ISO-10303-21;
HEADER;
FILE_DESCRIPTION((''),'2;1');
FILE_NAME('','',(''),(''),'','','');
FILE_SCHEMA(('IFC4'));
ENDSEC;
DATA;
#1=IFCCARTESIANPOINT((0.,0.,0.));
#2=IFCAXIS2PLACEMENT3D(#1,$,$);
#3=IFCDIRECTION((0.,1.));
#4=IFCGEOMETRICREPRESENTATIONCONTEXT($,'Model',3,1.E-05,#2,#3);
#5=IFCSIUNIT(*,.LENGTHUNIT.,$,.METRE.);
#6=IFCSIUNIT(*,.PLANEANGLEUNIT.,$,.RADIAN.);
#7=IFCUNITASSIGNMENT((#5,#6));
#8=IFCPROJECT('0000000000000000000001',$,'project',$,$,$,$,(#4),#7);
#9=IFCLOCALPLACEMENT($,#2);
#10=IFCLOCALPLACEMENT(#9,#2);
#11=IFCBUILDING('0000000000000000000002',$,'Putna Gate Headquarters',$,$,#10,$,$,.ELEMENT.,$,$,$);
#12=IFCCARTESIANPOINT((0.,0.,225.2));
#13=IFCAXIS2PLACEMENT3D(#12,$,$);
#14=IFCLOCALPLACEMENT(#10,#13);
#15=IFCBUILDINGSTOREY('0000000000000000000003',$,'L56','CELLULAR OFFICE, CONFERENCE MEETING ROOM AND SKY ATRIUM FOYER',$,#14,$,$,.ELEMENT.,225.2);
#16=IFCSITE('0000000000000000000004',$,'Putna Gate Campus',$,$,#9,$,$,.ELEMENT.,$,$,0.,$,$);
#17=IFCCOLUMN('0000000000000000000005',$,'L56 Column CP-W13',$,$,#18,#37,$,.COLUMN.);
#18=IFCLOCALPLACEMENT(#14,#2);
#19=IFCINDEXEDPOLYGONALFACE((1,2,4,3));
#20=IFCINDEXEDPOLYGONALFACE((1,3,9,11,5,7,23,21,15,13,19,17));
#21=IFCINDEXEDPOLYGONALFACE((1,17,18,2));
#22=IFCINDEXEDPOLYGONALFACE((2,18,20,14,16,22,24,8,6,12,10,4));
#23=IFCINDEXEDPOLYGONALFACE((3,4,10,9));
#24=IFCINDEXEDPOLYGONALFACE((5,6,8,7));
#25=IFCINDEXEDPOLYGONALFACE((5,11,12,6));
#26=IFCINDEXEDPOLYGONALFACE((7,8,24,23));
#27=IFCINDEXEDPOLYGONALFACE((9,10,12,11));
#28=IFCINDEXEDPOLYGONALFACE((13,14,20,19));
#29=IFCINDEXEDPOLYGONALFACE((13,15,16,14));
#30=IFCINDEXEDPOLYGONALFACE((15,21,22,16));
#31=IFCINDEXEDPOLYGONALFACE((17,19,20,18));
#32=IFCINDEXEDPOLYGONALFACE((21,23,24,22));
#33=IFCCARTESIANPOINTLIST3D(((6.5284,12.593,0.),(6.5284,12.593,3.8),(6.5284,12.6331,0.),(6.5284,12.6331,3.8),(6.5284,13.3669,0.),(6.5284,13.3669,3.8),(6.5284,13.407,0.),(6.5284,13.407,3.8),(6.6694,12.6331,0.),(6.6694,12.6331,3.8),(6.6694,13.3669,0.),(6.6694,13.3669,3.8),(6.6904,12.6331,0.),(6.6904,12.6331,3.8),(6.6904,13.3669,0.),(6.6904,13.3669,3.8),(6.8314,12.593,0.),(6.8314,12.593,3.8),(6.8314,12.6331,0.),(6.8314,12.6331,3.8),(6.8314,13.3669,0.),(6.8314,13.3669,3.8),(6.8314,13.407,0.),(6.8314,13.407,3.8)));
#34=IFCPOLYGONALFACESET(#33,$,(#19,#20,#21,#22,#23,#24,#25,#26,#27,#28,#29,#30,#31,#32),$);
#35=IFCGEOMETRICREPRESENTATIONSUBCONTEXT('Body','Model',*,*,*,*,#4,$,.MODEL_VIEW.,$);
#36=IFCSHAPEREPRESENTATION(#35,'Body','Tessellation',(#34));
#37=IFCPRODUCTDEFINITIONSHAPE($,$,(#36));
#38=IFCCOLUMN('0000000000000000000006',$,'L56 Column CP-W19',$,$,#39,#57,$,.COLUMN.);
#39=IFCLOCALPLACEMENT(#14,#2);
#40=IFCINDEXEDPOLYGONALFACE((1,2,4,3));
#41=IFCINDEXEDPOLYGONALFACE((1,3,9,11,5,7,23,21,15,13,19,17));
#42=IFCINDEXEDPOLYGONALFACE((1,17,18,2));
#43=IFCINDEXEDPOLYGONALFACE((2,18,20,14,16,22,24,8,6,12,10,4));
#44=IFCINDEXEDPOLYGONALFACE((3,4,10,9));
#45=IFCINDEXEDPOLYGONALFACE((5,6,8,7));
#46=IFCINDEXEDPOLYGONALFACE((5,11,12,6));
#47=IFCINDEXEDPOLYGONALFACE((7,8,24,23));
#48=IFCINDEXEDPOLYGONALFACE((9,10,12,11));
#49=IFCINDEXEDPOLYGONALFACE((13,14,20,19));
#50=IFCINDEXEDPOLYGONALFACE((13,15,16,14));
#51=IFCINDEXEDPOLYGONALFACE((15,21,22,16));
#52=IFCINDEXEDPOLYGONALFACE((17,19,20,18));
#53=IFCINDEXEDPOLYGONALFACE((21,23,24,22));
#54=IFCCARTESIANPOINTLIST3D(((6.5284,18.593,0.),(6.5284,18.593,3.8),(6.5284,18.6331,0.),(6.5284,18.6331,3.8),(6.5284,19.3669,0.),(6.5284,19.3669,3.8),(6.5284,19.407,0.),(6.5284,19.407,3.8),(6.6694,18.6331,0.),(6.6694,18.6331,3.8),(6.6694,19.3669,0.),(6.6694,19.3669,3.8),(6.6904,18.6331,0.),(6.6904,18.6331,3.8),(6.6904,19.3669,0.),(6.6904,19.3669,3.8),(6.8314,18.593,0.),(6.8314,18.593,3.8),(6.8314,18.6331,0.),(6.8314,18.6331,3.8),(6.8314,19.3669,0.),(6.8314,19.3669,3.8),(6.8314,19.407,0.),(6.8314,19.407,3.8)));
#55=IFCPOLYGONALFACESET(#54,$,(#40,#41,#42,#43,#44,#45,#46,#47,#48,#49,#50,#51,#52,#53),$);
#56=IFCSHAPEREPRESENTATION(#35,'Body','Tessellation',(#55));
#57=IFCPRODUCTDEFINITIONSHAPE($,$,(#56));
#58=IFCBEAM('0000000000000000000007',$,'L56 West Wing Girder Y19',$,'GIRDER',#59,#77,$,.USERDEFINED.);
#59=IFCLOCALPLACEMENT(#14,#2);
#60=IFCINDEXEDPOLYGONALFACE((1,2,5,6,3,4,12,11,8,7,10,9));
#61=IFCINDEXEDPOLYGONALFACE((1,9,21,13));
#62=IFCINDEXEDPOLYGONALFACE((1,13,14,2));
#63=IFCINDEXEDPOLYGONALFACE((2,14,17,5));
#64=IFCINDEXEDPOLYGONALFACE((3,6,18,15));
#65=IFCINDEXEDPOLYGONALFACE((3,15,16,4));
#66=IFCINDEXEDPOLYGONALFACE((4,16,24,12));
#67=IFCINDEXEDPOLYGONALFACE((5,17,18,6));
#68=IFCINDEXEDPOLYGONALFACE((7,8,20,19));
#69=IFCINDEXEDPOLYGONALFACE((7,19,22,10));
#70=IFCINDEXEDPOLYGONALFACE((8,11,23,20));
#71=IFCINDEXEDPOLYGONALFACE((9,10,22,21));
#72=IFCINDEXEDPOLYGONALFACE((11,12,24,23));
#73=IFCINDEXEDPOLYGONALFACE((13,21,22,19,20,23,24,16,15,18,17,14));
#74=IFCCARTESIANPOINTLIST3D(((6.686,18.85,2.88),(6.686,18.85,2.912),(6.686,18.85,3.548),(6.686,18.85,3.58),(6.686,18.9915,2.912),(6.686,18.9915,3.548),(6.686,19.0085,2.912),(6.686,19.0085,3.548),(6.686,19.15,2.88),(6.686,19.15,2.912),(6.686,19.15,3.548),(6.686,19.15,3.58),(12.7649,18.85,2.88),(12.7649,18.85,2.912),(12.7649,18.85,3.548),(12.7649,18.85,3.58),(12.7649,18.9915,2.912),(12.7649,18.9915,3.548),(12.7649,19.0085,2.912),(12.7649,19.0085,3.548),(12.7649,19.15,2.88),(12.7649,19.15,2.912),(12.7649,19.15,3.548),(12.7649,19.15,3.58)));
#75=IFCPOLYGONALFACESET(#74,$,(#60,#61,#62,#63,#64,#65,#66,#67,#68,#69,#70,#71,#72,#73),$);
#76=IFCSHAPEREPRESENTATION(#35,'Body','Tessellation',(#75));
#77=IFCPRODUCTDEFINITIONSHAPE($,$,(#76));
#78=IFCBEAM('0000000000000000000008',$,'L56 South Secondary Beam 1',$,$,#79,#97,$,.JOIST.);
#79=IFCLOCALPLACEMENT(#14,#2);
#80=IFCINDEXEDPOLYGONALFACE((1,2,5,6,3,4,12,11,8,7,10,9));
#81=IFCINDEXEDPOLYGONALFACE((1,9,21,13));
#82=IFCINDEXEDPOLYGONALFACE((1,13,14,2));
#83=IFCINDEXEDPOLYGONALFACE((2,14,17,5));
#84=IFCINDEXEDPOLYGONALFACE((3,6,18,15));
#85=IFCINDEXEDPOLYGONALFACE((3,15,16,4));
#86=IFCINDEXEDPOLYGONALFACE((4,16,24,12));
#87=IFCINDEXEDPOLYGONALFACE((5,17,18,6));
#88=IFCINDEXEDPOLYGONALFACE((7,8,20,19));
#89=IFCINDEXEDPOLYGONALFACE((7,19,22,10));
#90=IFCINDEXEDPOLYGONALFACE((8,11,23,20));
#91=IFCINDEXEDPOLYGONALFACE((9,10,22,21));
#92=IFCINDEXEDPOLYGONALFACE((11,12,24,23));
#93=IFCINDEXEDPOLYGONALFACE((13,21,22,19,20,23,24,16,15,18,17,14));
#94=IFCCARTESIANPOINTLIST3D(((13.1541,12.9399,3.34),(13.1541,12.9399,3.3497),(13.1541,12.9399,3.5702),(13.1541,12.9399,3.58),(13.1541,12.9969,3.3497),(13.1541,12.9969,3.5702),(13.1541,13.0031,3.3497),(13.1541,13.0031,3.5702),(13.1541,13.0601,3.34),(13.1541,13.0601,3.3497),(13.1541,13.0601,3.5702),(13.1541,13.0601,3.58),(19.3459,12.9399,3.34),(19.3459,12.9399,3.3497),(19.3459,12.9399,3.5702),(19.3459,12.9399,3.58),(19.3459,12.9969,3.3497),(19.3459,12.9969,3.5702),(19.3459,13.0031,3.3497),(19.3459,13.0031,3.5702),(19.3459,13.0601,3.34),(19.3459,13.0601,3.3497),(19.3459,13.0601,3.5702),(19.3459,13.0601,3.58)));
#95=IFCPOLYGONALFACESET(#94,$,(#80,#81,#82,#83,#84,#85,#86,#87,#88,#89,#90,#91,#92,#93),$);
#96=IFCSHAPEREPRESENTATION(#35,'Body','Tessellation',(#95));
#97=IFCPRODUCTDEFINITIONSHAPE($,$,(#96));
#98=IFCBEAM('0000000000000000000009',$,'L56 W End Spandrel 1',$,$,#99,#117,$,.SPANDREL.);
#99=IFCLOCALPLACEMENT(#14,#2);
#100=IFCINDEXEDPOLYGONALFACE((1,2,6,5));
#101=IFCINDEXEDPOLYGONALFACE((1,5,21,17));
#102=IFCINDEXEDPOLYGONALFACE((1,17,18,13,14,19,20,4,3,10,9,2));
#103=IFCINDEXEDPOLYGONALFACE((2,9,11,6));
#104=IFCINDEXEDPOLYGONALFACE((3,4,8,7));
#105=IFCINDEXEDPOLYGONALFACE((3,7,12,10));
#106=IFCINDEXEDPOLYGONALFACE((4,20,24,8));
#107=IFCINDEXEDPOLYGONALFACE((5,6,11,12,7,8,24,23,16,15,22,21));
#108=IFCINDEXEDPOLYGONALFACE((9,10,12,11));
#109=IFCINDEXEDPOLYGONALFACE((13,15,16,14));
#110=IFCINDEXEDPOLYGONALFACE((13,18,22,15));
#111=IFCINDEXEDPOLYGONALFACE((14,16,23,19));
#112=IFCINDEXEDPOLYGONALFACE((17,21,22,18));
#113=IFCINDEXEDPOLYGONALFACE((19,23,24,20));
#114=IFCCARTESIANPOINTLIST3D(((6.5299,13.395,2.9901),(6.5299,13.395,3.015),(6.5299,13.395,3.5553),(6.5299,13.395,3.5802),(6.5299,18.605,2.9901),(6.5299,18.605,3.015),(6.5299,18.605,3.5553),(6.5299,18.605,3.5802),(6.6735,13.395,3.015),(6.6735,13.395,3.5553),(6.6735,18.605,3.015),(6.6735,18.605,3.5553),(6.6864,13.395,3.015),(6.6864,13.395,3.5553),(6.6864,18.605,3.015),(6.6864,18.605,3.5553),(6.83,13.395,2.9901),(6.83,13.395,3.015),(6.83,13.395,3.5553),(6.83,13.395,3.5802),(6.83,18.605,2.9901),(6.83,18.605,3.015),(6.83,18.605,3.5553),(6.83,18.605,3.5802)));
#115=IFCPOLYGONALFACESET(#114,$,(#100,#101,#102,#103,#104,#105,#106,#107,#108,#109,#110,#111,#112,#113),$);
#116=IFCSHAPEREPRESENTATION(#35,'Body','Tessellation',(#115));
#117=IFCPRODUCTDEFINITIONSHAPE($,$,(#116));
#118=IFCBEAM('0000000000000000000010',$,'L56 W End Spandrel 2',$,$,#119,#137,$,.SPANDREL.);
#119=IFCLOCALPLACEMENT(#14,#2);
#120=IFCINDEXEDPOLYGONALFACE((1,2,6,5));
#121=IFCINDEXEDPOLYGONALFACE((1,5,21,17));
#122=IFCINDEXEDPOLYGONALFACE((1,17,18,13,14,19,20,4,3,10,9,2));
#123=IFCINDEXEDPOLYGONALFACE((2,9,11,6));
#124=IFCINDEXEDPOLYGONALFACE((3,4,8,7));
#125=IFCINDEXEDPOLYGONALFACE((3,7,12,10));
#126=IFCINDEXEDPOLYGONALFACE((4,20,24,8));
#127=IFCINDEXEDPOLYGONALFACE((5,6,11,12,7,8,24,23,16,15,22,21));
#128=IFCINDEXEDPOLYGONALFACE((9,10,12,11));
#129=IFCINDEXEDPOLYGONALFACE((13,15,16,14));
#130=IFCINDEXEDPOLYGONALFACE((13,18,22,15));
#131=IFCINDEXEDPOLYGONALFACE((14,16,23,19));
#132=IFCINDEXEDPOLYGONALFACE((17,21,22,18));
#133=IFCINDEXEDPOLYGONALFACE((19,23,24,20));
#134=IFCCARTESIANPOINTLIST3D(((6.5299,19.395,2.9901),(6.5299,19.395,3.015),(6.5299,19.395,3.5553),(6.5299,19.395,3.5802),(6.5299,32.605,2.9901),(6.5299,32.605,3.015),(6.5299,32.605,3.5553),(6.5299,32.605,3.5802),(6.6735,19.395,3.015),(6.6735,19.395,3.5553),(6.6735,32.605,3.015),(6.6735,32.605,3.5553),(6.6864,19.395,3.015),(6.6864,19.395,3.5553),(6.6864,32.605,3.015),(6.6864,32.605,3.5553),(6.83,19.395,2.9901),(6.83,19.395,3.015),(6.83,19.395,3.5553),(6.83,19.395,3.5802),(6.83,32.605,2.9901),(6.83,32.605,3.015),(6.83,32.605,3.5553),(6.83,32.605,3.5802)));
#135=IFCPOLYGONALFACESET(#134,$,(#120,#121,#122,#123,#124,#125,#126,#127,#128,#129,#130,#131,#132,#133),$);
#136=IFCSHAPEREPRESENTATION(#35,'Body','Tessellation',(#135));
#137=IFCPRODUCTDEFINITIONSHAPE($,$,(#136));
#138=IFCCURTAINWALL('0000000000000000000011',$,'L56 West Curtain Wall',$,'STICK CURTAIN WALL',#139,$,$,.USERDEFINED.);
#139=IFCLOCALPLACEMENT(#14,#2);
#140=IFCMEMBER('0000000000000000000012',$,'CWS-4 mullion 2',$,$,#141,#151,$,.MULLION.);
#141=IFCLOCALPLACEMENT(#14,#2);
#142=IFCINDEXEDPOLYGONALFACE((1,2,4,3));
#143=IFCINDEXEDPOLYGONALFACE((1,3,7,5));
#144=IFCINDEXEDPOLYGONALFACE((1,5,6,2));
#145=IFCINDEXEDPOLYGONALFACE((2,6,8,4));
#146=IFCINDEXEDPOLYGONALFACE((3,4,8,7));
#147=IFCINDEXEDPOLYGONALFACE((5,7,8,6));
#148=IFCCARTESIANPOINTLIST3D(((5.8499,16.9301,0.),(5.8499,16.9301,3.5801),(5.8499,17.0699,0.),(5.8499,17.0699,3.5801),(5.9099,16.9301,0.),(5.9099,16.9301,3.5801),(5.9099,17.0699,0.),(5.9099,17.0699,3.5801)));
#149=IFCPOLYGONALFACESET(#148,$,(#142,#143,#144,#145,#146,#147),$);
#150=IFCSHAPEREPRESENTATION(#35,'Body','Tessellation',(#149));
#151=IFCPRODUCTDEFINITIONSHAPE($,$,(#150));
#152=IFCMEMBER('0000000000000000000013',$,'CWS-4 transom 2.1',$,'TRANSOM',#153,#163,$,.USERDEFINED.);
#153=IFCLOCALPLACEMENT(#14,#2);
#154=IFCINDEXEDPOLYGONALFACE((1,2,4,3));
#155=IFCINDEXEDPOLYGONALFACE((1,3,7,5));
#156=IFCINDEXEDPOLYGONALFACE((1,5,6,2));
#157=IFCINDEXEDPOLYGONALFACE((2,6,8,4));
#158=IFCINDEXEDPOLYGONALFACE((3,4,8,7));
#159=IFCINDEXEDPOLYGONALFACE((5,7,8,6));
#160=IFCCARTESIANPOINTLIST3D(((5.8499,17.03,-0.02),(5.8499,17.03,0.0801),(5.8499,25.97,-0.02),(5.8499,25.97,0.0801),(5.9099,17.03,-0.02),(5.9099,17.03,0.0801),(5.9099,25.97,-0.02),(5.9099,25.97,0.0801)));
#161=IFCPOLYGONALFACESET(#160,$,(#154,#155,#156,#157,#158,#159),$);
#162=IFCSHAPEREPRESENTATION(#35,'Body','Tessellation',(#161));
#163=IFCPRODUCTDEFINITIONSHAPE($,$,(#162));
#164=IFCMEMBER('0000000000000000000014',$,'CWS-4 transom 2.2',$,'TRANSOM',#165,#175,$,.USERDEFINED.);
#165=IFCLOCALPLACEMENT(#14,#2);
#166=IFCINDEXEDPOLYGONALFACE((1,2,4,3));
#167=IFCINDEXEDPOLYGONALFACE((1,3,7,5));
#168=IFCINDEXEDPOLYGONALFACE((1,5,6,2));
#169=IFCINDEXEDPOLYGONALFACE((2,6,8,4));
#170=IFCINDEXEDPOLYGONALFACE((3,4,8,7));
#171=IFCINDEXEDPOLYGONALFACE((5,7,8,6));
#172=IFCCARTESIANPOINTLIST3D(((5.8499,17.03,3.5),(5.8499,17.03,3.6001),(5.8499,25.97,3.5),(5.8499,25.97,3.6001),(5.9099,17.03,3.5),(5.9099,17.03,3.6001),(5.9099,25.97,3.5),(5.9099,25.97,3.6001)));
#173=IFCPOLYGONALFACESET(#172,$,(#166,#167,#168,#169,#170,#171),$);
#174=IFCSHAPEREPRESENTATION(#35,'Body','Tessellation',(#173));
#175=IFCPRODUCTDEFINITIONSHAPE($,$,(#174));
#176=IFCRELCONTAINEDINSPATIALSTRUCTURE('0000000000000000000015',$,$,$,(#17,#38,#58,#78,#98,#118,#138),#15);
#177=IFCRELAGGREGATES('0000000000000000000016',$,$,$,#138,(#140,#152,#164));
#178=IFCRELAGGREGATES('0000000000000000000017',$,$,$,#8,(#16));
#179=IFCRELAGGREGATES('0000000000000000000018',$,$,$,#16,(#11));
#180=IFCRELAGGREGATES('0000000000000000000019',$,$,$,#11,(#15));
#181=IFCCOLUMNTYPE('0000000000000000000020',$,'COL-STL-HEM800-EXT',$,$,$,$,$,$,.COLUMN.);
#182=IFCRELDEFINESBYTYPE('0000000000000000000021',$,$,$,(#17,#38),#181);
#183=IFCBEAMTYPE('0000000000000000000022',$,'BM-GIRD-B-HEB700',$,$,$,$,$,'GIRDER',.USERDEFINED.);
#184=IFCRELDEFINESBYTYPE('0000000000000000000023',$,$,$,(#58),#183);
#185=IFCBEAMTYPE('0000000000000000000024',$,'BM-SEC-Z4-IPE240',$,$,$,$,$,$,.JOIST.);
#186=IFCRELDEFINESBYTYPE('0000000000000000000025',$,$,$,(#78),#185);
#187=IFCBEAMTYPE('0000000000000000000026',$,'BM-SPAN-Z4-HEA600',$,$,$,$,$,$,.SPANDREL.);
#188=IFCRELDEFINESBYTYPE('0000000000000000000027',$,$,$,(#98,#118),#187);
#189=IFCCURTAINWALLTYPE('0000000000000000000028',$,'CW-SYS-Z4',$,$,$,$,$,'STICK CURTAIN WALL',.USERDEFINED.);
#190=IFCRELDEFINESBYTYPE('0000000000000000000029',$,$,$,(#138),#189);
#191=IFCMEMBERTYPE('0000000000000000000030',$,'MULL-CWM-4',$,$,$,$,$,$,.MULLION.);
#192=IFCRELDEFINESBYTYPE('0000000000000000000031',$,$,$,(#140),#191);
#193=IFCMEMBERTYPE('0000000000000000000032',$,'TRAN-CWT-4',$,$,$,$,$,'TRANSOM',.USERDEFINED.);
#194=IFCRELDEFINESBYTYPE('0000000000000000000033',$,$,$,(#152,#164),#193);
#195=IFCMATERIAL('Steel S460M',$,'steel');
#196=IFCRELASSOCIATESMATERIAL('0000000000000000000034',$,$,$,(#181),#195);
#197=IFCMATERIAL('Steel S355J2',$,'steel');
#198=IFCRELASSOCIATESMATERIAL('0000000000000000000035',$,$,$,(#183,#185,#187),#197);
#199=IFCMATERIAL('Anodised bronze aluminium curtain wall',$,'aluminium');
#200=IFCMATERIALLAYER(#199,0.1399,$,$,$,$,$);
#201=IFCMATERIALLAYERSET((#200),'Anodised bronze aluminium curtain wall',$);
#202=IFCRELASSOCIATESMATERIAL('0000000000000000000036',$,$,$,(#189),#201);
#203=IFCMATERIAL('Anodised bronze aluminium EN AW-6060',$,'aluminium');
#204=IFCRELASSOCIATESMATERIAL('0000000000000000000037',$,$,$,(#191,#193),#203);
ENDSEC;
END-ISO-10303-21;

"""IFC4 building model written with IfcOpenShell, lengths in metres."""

from ifc_helpers import new_model, si_unit, direction, frame, origin, origin_2d, place, context, subcontext, project, spatial, rectangle, i_section, extrude, material, layer, layer_set, material_profile, profile_set, type_object, element, aggregate, save


model = new_model("IFC4")

# Units and contexts
model_context = context("Model", 3, precision=1e-05, world=origin(), true_north=direction((0.0, 1.0)))
body_context = subcontext(model_context, "Body", "Model", "MODEL_VIEW")
ifc_project = project(units=[si_unit("LENGTHUNIT", "METRE"), si_unit("PLANEANGLEUNIT", "RADIAN")], contexts=[model_context])

# Site, building, storey
site_placement = place(None, origin())
site = spatial("IfcSite", under=ifc_project, at=site_placement, Name="Putna Gate Campus", CompositionType="ELEMENT", RefElevation=0.0)
building_placement = place(site_placement, origin())
building = spatial("IfcBuilding", under=site, at=building_placement, Name="Putna Gate Headquarters", CompositionType="ELEMENT")
storey_placement = place(building_placement, frame((0.0, 0.0, 225.2)))
storey = spatial("IfcBuildingStorey", under=building, at=storey_placement, Name="L56", Description="CELLULAR OFFICE, CONFERENCE MEETING ROOM AND SKY ATRIUM FOYER", CompositionType="ELEMENT", Elevation=225.2)

# Columns
ifc_material_1 = material(Name="Steel S460M", Category="steel")
ifc_material_profile_1 = material_profile(ifc_material_1, i_section(OverallWidth=0.303, OverallDepth=0.814, WebThickness=0.021, FlangeThickness=0.04, at=origin_2d()), Name="Steel S460M")
ifc_profile_set_1 = profile_set([ifc_material_profile_1], Name="Steel S460M")
column_type = type_object("IfcColumnType", Name="COL-STL-HEM800-EXT", PredefinedType="COLUMN", material=ifc_profile_set_1)
for number, where, z_axis, x_axis, name in (
    (1, (6.6799, 13.0, 0.0), (0.0, 0.0, 1.0), (1.0, 0.0, 0.0), "L56 Column CP-W13"),
    (2, (6.6799, 19.0, 0.0), (0.0, 0.0, 1.0), (1.0, 0.0, 0.0), "L56 Column CP-W19"),
):
    element("IfcColumn", number, at=place(storey_placement, frame(where, z_axis=z_axis, x_axis=x_axis)), inside=storey, type_object=column_type, Name=name, PredefinedType="COLUMN", context=body_context, shape_type="SweptSolid", body=[
        extrude(i_section(OverallWidth=0.303, OverallDepth=0.814, WebThickness=0.021, FlangeThickness=0.04, at=origin_2d()), origin(), (0.0, 0.0, 1.0), 3.8),
    ])

# Beams
ifc_material_2 = material(Name="Steel S355J2", Category="steel")
ifc_material_profile_2 = material_profile(ifc_material_2, i_section(OverallWidth=0.3, OverallDepth=0.7, WebThickness=0.0171, FlangeThickness=0.032, at=origin_2d()), Name="Steel S355J2")
ifc_profile_set_2 = profile_set([ifc_material_profile_2], Name="Steel S355J2")
beam_type_1 = type_object("IfcBeamType", Name="BM-GIRD-B-HEB700", ElementType="GIRDER", PredefinedType="USERDEFINED", material=ifc_profile_set_2)
beam_1_placement = place(storey_placement, frame((6.686, 19.0, 3.23), z_axis=(1.0, 0.0, 0.0), x_axis=(0.0, 1.0, 0.0)))
element("IfcBeam", 3, at=beam_1_placement, inside=storey, type_object=beam_type_1, Name="L56 West Wing Girder Y19", ObjectType="GIRDER", PredefinedType="USERDEFINED", context=body_context, shape_type="SweptSolid", body=[
    extrude(i_section(OverallWidth=0.3, OverallDepth=0.7, WebThickness=0.0171, FlangeThickness=0.032, at=origin_2d()), origin(), (0.0, 0.0, 1.0), 6.0789),
])
ifc_material_profile_3 = material_profile(ifc_material_2, i_section(OverallWidth=0.1201, OverallDepth=0.24, WebThickness=0.0061, FlangeThickness=0.0098, at=origin_2d()), Name="Steel S355J2")
ifc_profile_set_3 = profile_set([ifc_material_profile_3], Name="Steel S355J2")
beam_type_2 = type_object("IfcBeamType", Name="BM-SEC-Z4-IPE240", PredefinedType="JOIST", material=ifc_profile_set_3)
beam_2_placement = place(storey_placement, frame((13.1541, 13.0, 3.46), z_axis=(1.0, 0.0, 0.0), x_axis=(0.0, 1.0, 0.0)))
element("IfcBeam", 4, at=beam_2_placement, inside=storey, type_object=beam_type_2, Name="L56 South Secondary Beam 1", PredefinedType="JOIST", context=body_context, shape_type="SweptSolid", body=[
    extrude(i_section(OverallWidth=0.1201, OverallDepth=0.24, WebThickness=0.0061, FlangeThickness=0.0098, at=origin_2d()), origin(), (0.0, 0.0, 1.0), 6.1919),
])
ifc_material_profile_4 = material_profile(ifc_material_2, i_section(OverallWidth=0.3, OverallDepth=0.5901, WebThickness=0.0129, FlangeThickness=0.0249, at=origin_2d()), Name="Steel S355J2")
ifc_profile_set_4 = profile_set([ifc_material_profile_4], Name="Steel S355J2")
beam_type_3 = type_object("IfcBeamType", Name="BM-SPAN-Z4-HEA600", PredefinedType="SPANDREL", material=ifc_profile_set_4)
beam_3_placement = place(storey_placement, frame((6.6799, 13.395, 3.2852), z_axis=(0.0, 1.0, 0.0), x_axis=(-1.0, 0.0, 0.0)))
element("IfcBeam", 5, at=beam_3_placement, inside=storey, type_object=beam_type_3, Name="L56 W End Spandrel 1", PredefinedType="SPANDREL", context=body_context, shape_type="SweptSolid", body=[
    extrude(i_section(OverallWidth=0.3, OverallDepth=0.5901, WebThickness=0.0129, FlangeThickness=0.0249, at=origin_2d()), origin(), (0.0, 0.0, 1.0), 5.21),
])
beam_4_placement = place(storey_placement, frame((6.6799, 19.395, 3.2852), z_axis=(0.0, 1.0, 0.0), x_axis=(-1.0, 0.0, 0.0)))
element("IfcBeam", 6, at=beam_4_placement, inside=storey, type_object=beam_type_3, Name="L56 W End Spandrel 2", PredefinedType="SPANDREL", context=body_context, shape_type="SweptSolid", body=[
    extrude(i_section(OverallWidth=0.3, OverallDepth=0.5901, WebThickness=0.0129, FlangeThickness=0.0249, at=origin_2d()), origin(), (0.0, 0.0, 1.0), 13.21),
])

# Curtain wall, members
ifc_material_3 = material(Name="Anodised bronze aluminium curtain wall", Category="aluminium")
ifc_layer_1 = layer(ifc_material_3, 0.1399)
ifc_layer_set_1 = layer_set([ifc_layer_1], Name="Anodised bronze aluminium curtain wall")
curtain_wall_type = type_object("IfcCurtainWallType", Name="CW-SYS-Z4", ElementType="STICK CURTAIN WALL", PredefinedType="USERDEFINED", material=ifc_layer_set_1)
curtain_wall_placement = place(storey_placement, origin())
curtain_wall = element("IfcCurtainWall", 7, at=curtain_wall_placement, inside=storey, type_object=curtain_wall_type, Name="L56 West Curtain Wall", ObjectType="STICK CURTAIN WALL", PredefinedType="USERDEFINED")
ifc_material_4 = material(Name="Anodised bronze aluminium EN AW-6060", Category="aluminium")
ifc_material_profile_5 = material_profile(ifc_material_4, rectangle(XDim=0.0601, YDim=0.1399, at=origin_2d()), Name="Anodised bronze aluminium EN AW-6060")
ifc_profile_set_5 = profile_set([ifc_material_profile_5], Name="Anodised bronze aluminium EN AW-6060")
member_type_1 = type_object("IfcMemberType", Name="MULL-CWM-4", PredefinedType="MULLION", material=ifc_profile_set_5)
member_1_placement = place(storey_placement, frame((5.8799, 17.0, 0.0), z_axis=(0.0, 0.0, 1.0), x_axis=(-1.0, 0.0, 0.0)))
member_1 = element("IfcMember", 8, at=member_1_placement, type_object=member_type_1, Name="CWS-4 mullion 2", PredefinedType="MULLION", context=body_context, shape_type="SweptSolid", body=[
    extrude(rectangle(XDim=0.0601, YDim=0.1399, at=origin_2d()), origin(), (0.0, 0.0, 1.0), 3.5801),
])
ifc_material_profile_6 = material_profile(ifc_material_4, rectangle(XDim=0.0601, YDim=0.1001, at=origin_2d()), Name="Anodised bronze aluminium EN AW-6060")
ifc_profile_set_6 = profile_set([ifc_material_profile_6], Name="Anodised bronze aluminium EN AW-6060")
member_type_2 = type_object("IfcMemberType", Name="TRAN-CWT-4", ElementType="TRANSOM", PredefinedType="USERDEFINED", material=ifc_profile_set_6)
member_2_placement = place(storey_placement, frame((5.8799, 17.03, 0.03), z_axis=(0.0, 1.0, 0.0), x_axis=(-1.0, 0.0, 0.0)))
member_2 = element("IfcMember", 9, at=member_2_placement, type_object=member_type_2, Name="CWS-4 transom 2.1", ObjectType="TRANSOM", PredefinedType="USERDEFINED", context=body_context, shape_type="SweptSolid", body=[
    extrude(rectangle(XDim=0.0601, YDim=0.1001, at=origin_2d()), origin(), (0.0, 0.0, 1.0), 8.9399),
])
member_3_placement = place(storey_placement, frame((5.8799, 17.03, 3.55), z_axis=(0.0, 1.0, 0.0), x_axis=(-1.0, 0.0, 0.0)))
member_3 = element("IfcMember", 10, at=member_3_placement, type_object=member_type_2, Name="CWS-4 transom 2.2", ObjectType="TRANSOM", PredefinedType="USERDEFINED", context=body_context, shape_type="SweptSolid", body=[
    extrude(rectangle(XDim=0.0601, YDim=0.1001, at=origin_2d()), origin(), (0.0, 0.0, 1.0), 8.9399),
])
aggregate(curtain_wall, [member_1, member_2, member_3])

save(model, "model.ifc")
